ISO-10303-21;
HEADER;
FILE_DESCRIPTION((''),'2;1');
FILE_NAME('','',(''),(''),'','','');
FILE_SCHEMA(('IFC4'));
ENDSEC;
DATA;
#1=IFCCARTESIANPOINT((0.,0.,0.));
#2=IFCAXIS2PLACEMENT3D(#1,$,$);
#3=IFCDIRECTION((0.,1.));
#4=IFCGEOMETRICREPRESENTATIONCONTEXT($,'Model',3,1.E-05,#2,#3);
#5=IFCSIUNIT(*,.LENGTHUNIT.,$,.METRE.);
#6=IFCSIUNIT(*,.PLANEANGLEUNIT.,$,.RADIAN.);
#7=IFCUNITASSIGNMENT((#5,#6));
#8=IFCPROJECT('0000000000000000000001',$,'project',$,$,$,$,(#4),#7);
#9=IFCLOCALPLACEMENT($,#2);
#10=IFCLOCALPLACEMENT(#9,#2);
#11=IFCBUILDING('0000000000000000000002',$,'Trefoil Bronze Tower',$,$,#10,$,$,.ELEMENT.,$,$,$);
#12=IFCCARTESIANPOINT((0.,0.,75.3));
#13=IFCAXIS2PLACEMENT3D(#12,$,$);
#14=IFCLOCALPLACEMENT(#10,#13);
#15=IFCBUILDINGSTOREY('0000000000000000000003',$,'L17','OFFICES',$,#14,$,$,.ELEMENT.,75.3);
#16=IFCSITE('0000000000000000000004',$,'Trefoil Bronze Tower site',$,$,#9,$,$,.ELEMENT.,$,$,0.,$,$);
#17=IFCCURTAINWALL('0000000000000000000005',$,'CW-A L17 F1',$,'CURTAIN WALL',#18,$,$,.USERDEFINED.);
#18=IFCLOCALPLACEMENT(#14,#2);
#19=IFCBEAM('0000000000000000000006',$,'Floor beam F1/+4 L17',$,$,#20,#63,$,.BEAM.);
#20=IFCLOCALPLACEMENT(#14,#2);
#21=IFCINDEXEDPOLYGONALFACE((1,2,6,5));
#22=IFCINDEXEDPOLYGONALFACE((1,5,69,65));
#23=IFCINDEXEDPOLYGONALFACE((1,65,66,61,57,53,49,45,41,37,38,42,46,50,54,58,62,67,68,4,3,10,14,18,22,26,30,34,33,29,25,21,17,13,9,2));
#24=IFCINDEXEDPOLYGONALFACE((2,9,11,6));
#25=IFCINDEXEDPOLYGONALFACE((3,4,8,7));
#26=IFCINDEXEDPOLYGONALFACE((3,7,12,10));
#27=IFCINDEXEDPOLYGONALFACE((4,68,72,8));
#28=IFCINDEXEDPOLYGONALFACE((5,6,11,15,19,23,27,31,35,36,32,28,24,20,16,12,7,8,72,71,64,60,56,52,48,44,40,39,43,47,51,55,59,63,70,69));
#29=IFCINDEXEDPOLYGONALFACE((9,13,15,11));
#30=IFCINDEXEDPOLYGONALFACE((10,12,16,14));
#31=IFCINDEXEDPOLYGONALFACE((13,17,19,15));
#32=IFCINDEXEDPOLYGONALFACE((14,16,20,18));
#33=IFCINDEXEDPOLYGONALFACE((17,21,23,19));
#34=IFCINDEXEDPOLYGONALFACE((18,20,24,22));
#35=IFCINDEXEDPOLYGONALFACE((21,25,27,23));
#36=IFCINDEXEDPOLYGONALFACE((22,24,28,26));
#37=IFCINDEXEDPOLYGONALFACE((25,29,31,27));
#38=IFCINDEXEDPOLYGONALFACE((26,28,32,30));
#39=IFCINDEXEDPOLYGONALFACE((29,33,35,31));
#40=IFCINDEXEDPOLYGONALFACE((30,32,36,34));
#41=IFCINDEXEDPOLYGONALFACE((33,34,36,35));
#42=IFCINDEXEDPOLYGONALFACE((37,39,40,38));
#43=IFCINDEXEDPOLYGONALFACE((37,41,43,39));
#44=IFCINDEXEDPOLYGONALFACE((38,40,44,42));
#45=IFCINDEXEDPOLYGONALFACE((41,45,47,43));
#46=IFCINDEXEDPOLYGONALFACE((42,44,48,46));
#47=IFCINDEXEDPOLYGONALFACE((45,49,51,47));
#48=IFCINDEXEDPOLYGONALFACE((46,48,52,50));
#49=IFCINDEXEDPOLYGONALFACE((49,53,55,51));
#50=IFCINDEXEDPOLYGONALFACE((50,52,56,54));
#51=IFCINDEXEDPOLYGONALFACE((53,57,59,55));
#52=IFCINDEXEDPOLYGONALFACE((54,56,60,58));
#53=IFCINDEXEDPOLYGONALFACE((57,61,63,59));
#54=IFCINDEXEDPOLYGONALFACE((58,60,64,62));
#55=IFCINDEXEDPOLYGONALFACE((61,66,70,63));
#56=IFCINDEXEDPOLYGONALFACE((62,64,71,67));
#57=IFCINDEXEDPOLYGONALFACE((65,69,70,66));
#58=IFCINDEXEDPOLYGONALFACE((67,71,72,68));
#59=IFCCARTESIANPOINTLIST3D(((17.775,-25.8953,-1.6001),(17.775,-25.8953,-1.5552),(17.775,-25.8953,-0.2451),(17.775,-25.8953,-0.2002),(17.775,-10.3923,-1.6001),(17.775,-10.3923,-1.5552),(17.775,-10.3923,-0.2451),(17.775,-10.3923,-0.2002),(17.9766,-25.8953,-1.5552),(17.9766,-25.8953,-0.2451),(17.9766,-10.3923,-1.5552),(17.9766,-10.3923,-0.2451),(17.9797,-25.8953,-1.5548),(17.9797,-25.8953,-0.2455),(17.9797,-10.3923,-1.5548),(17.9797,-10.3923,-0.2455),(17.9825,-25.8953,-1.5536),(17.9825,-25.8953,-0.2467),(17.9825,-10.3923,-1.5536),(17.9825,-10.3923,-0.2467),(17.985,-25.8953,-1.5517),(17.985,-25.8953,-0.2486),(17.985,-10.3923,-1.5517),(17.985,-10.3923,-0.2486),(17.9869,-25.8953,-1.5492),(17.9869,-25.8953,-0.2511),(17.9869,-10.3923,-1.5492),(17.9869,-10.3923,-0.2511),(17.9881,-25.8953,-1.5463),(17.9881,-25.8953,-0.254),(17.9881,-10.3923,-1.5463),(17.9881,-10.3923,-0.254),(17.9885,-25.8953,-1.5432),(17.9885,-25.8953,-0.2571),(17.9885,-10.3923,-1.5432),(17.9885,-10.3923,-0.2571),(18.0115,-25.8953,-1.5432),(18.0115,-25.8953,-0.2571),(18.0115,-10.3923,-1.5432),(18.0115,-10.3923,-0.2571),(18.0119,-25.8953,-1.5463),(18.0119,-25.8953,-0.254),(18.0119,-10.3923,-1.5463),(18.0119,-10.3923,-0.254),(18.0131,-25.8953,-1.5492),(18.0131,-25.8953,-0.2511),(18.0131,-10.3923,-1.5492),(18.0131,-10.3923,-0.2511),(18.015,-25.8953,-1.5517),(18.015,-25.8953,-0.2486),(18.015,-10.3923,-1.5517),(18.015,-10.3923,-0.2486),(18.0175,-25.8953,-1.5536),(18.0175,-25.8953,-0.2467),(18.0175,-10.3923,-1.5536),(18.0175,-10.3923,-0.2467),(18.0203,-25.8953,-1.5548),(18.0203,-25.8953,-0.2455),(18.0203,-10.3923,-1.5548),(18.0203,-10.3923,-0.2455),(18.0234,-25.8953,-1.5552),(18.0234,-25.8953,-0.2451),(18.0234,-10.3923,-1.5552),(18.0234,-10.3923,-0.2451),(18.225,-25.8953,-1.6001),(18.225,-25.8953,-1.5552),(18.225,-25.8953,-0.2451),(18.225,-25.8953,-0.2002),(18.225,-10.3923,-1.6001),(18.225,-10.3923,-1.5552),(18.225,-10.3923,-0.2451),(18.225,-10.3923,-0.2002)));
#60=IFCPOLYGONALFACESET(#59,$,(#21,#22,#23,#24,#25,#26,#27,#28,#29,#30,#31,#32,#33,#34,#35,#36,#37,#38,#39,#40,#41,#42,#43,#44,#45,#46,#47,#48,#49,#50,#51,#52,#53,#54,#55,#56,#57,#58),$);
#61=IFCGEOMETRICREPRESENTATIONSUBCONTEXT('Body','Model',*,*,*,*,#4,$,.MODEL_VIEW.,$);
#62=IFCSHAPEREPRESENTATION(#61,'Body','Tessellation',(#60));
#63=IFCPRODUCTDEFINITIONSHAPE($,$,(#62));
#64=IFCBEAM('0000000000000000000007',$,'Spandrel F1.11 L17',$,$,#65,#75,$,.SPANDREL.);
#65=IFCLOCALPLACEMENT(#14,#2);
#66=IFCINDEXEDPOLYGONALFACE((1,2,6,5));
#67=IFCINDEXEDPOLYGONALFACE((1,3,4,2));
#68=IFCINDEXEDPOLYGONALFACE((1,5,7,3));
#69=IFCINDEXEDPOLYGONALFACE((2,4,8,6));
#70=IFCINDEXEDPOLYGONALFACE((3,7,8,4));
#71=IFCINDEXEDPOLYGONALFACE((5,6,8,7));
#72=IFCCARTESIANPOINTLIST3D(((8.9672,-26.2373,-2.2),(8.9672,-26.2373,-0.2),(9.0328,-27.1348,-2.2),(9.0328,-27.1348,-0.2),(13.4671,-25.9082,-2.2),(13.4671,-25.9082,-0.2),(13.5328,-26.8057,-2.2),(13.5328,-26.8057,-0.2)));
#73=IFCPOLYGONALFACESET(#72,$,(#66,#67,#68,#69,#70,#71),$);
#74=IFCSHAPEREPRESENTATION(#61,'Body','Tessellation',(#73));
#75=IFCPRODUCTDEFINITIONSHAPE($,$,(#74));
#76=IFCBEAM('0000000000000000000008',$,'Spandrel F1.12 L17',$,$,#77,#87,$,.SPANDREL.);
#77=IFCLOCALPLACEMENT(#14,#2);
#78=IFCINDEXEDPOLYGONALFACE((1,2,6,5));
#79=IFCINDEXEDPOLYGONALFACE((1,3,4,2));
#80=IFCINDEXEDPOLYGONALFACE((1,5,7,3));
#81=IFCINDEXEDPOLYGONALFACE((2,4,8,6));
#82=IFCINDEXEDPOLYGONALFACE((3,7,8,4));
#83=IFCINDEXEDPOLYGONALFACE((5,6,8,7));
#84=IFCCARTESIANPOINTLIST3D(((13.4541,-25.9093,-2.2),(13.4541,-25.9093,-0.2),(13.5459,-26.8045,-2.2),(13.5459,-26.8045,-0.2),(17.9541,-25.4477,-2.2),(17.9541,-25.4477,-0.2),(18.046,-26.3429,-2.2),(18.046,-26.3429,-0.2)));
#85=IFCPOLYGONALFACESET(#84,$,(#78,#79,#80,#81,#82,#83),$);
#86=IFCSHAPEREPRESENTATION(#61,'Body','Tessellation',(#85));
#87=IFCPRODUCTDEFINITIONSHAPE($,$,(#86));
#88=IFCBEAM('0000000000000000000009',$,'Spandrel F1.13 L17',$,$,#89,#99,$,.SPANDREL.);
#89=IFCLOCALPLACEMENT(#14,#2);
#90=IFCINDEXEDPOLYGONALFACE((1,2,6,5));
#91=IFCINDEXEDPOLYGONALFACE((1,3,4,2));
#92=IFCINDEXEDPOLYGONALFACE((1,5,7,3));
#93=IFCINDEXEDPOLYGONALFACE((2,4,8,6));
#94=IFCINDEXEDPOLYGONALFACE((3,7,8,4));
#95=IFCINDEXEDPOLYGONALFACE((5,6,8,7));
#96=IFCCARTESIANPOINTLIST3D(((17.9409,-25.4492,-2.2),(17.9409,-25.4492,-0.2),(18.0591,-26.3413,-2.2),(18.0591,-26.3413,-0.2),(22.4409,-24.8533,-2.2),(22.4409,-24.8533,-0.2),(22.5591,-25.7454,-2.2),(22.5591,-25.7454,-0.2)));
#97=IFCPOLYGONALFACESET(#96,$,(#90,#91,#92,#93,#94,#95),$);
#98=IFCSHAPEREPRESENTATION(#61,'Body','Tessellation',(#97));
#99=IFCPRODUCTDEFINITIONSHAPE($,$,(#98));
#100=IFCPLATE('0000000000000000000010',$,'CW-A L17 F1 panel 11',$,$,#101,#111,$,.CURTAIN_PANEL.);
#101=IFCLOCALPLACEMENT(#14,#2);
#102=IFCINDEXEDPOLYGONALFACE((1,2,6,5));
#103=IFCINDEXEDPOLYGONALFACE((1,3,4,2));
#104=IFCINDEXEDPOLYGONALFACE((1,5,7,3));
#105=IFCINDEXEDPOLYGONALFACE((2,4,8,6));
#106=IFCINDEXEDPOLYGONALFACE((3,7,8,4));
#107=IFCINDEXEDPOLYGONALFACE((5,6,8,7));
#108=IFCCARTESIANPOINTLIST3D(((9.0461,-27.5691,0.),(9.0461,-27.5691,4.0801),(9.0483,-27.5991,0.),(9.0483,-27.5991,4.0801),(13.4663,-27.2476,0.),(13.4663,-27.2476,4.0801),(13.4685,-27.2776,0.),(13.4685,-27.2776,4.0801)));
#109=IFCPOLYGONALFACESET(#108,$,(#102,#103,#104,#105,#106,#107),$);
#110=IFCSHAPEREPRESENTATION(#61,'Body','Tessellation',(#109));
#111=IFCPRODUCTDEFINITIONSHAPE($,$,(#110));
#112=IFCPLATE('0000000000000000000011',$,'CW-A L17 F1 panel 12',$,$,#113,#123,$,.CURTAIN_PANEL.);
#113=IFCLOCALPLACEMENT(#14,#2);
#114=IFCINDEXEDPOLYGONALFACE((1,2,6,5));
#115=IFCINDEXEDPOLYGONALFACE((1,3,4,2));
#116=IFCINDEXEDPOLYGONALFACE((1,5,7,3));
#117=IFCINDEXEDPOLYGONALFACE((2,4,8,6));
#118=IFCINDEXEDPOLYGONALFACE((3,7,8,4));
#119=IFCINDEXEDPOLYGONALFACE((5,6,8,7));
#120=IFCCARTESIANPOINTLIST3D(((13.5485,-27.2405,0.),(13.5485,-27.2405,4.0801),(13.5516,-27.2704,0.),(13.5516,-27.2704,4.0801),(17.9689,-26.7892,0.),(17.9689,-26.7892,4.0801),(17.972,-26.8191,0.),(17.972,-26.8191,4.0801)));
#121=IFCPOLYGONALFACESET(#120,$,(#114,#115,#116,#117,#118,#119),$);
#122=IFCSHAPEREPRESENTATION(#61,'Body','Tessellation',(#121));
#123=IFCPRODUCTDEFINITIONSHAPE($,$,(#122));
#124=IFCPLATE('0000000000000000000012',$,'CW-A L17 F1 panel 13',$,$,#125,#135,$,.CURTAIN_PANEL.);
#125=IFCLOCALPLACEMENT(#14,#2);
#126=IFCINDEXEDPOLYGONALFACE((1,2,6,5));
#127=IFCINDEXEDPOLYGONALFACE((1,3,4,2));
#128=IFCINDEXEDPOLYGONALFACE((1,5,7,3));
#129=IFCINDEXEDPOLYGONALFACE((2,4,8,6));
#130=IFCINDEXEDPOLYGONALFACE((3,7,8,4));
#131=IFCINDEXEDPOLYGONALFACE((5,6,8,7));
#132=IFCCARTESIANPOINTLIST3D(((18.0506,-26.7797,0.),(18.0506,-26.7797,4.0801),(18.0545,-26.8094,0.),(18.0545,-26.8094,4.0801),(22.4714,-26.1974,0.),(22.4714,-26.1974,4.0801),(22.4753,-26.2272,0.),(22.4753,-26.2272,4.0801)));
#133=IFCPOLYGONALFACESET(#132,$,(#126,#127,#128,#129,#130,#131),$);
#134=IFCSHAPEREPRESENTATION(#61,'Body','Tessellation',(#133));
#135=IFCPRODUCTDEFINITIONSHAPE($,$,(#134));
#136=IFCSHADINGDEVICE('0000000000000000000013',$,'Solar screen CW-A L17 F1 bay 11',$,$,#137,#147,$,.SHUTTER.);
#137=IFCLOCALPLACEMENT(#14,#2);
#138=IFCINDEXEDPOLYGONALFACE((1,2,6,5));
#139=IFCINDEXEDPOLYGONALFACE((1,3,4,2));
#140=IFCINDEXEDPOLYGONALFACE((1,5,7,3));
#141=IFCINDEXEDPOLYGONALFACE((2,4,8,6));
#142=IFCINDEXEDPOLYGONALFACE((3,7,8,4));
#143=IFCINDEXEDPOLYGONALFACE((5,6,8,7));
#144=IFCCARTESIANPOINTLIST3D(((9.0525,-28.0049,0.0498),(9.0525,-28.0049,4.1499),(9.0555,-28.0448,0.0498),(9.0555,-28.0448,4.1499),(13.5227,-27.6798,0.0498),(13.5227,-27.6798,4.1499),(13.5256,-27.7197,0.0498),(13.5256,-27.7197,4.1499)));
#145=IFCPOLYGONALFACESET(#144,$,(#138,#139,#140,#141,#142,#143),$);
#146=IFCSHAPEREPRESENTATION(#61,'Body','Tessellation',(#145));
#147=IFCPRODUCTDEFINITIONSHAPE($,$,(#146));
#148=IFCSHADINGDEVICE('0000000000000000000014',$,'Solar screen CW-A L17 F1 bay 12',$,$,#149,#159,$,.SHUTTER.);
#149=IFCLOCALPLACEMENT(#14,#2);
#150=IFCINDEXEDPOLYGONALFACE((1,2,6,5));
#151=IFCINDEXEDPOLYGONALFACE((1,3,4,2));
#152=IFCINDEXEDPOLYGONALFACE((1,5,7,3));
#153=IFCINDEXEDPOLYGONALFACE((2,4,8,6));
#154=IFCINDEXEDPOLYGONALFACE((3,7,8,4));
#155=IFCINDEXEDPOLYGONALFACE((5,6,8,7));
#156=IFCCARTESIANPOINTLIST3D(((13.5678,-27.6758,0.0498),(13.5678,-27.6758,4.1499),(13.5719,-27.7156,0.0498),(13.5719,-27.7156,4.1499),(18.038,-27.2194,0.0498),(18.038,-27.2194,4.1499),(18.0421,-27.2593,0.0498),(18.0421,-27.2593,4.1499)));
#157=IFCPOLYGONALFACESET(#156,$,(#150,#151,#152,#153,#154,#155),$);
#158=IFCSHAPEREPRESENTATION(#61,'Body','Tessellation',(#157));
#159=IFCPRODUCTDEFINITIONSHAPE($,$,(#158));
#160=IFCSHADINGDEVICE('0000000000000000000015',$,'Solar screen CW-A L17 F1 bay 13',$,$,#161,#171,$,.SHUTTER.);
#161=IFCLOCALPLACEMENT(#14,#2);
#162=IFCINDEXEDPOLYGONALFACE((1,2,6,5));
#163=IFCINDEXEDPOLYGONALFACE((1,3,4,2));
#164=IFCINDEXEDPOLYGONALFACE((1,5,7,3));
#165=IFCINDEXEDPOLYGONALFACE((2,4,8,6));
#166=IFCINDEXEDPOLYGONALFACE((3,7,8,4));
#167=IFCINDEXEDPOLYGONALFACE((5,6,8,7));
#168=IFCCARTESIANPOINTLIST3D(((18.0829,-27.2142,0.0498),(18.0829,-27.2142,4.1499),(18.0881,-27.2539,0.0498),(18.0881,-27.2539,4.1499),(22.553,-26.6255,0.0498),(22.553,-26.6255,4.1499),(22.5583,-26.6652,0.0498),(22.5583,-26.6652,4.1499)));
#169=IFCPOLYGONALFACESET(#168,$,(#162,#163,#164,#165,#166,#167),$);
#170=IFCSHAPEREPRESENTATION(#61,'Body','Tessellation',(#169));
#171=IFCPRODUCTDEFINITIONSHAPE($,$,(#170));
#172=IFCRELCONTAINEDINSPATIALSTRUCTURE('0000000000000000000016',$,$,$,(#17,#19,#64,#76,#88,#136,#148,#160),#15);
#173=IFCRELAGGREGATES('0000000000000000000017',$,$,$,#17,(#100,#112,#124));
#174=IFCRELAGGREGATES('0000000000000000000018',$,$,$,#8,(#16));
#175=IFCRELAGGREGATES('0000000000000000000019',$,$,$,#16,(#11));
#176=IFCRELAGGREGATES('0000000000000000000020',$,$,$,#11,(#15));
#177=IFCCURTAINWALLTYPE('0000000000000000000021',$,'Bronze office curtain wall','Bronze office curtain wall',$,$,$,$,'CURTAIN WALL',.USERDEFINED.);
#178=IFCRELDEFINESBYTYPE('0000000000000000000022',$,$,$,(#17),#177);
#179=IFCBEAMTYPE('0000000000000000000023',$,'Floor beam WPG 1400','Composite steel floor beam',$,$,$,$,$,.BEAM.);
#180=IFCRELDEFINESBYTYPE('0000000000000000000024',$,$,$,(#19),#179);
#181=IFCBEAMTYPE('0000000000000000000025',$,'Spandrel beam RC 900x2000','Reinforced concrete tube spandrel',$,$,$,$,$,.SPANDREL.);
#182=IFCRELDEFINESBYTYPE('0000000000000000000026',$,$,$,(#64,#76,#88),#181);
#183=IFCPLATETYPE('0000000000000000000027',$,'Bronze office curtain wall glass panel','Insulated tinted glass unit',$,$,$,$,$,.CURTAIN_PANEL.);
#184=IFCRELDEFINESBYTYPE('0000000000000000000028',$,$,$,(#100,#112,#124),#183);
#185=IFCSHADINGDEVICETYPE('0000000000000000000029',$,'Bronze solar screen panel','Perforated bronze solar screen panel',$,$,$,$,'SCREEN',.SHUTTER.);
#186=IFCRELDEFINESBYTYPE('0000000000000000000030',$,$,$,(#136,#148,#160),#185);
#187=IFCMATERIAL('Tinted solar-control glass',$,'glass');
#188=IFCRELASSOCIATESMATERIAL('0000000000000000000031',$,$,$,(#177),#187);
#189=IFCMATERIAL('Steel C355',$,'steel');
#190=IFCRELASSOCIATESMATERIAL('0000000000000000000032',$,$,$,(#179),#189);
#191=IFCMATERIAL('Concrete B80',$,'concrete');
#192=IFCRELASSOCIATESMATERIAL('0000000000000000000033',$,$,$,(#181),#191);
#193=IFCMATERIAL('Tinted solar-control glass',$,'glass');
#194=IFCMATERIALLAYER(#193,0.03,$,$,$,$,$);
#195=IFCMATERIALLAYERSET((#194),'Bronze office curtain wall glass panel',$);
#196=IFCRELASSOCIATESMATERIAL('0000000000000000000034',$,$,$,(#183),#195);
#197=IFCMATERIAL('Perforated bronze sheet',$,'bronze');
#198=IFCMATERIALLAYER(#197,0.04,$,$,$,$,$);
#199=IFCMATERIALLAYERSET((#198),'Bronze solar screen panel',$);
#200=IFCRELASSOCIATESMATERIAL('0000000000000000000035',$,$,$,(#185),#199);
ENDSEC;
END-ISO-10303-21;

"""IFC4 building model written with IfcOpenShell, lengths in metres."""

from ifc_helpers import new_model, si_unit, direction, frame, origin, origin_2d, place, context, subcontext, project, spatial, rectangle, i_section, extrude, material, layer, layer_set, material_profile, profile_set, type_object, element, aggregate, save


model = new_model("IFC4")

# Units and contexts
model_context = context("Model", 3, precision=1e-05, world=origin(), true_north=direction((0.0, 1.0)))
body_context = subcontext(model_context, "Body", "Model", "MODEL_VIEW")
ifc_project = project(units=[si_unit("LENGTHUNIT", "METRE"), si_unit("PLANEANGLEUNIT", "RADIAN")], contexts=[model_context])

# Site, building, storey
site_placement = place(None, origin())
site = spatial("IfcSite", under=ifc_project, at=site_placement, Name="Trefoil Bronze Tower site", CompositionType="ELEMENT", RefElevation=0.0)
building_placement = place(site_placement, origin())
building = spatial("IfcBuilding", under=site, at=building_placement, Name="Trefoil Bronze Tower", CompositionType="ELEMENT")
storey_placement = place(building_placement, frame((0.0, 0.0, 75.3)))
storey = spatial("IfcBuildingStorey", under=building, at=storey_placement, Name="L17", Description="OFFICES", CompositionType="ELEMENT", Elevation=75.3)

# Curtain wall
ifc_material_1 = material(Name="Tinted solar-control glass", Category="glass")
curtain_wall_type = type_object("IfcCurtainWallType", Name="Bronze office curtain wall", Description="Bronze office curtain wall", ElementType="CURTAIN WALL", PredefinedType="USERDEFINED", material=ifc_material_1)
curtain_wall_placement = place(storey_placement, origin())
curtain_wall = element("IfcCurtainWall", 1, at=curtain_wall_placement, inside=storey, type_object=curtain_wall_type, Name="CW-A L17 F1", ObjectType="CURTAIN WALL", PredefinedType="USERDEFINED")

# Beams
ifc_material_2 = material(Name="Steel C355", Category="steel")
ifc_material_profile_1 = material_profile(ifc_material_2, i_section(OverallWidth=0.45, OverallDepth=1.3999, WebThickness=0.0229, FlangeThickness=0.0449, FilletRadius=0.012, at=origin_2d()), Name="WPG 1400")
ifc_profile_set_1 = profile_set([ifc_material_profile_1], Name="Steel C355")
beam_type_1 = type_object("IfcBeamType", Name="Floor beam WPG 1400", Description="Composite steel floor beam", PredefinedType="BEAM", material=ifc_profile_set_1)
beam_1_placement = place(storey_placement, frame((18.0, -25.8953, -0.9001), z_axis=(0.0, 1.0, 0.0), x_axis=(-1.0, 0.0, 0.0)))
element("IfcBeam", 2, at=beam_1_placement, inside=storey, type_object=beam_type_1, Name="Floor beam F1/+4 L17", PredefinedType="BEAM", context=body_context, shape_type="SweptSolid", body=[
    extrude(i_section(OverallWidth=0.45, OverallDepth=1.3999, WebThickness=0.0229, FlangeThickness=0.0449, FilletRadius=0.012, at=origin_2d()), origin(), (0.0, 0.0, 1.0), 15.5029),
])
ifc_material_3 = material(Name="Concrete B80", Category="concrete")
ifc_material_profile_2 = material_profile(ifc_material_3, rectangle(XDim=0.8999, YDim=2.0, at=origin_2d()), Name="RC 900x2000")
ifc_profile_set_2 = profile_set([ifc_material_profile_2], Name="Concrete B80")
beam_type_2 = type_object("IfcBeamType", Name="Spandrel beam RC 900x2000", Description="Reinforced concrete tube spandrel", PredefinedType="SPANDREL", material=ifc_profile_set_2)
beam_2_placement = place(storey_placement, frame((9.0, -26.686, -1.2), z_axis=(0.997336, 0.072939, 0.0), x_axis=(-0.072939, 0.997336, 0.0)))
element("IfcBeam", 3, at=beam_2_placement, inside=storey, type_object=beam_type_2, Name="Spandrel F1.11 L17", PredefinedType="SPANDREL", context=body_context, shape_type="SweptSolid", body=[
    extrude(rectangle(XDim=0.8999, YDim=2.0, at=origin_2d()), origin(), (0.0, 0.0, 1.0), 4.512),
])
beam_3_placement = place(storey_placement, frame((13.5, -26.3569, -1.2), z_axis=(0.994778, 0.102058, 0.0), x_axis=(-0.102058, 0.994778, 0.0)))
element("IfcBeam", 4, at=beam_3_placement, inside=storey, type_object=beam_type_2, Name="Spandrel F1.12 L17", PredefinedType="SPANDREL", context=body_context, shape_type="SweptSolid", body=[
    extrude(rectangle(XDim=0.8999, YDim=2.0, at=origin_2d()), origin(), (0.0, 0.0, 1.0), 4.5237),
])
beam_4_placement = place(storey_placement, frame((18.0, -25.8953, -1.2), z_axis=(0.991344, 0.131286, 0.0), x_axis=(-0.131286, 0.991344, 0.0)))
element("IfcBeam", 5, at=beam_4_placement, inside=storey, type_object=beam_type_2, Name="Spandrel F1.13 L17", PredefinedType="SPANDREL", context=body_context, shape_type="SweptSolid", body=[
    extrude(rectangle(XDim=0.8999, YDim=2.0, at=origin_2d()), origin(), (0.0, 0.0, 1.0), 4.5393),
])

# Plates
ifc_material_4 = material(Name="Tinted solar-control glass", Category="glass")
ifc_layer_1 = layer(ifc_material_4, 0.03)
ifc_layer_set_1 = layer_set([ifc_layer_1], Name="Bronze office curtain wall glass panel")
plate_type = type_object("IfcPlateType", Name="Bronze office curtain wall glass panel", Description="Insulated tinted glass unit", PredefinedType="CURTAIN_PANEL", material=ifc_layer_set_1)
plate_1_placement = place(storey_placement, frame((11.2573, -27.4233, 0.0), z_axis=(0.0, 0.0, 1.0), x_axis=(0.997365, 0.072547, 0.0)))
plate_1 = element("IfcPlate", 6, at=plate_1_placement, type_object=plate_type, Name="CW-A L17 F1 panel 11", PredefinedType="CURTAIN_PANEL", context=body_context, shape_type="SweptSolid", body=[
    extrude(rectangle(XDim=4.4319, YDim=0.03, at=origin_2d()), origin(), (0.0, 0.0, 1.0), 4.0801),
])
plate_2_placement = place(storey_placement, frame((15.7603, -27.0298, 0.0), z_axis=(0.0, 0.0, 1.0), x_axis=(0.994829, 0.101565, 0.0)))
plate_2 = element("IfcPlate", 7, at=plate_2_placement, type_object=plate_type, Name="CW-A L17 F1 panel 12", PredefinedType="CURTAIN_PANEL", context=body_context, shape_type="SweptSolid", body=[
    extrude(rectangle(XDim=4.4434, YDim=0.03, at=origin_2d()), origin(), (0.0, 0.0, 1.0), 4.0801),
])
plate_3_placement = place(storey_placement, frame((20.2629, -26.5034, 0.0), z_axis=(0.0, 0.0, 1.0), x_axis=(0.991437, 0.130584, 0.0)))
plate_3 = element("IfcPlate", 8, at=plate_3_placement, type_object=plate_type, Name="CW-A L17 F1 panel 13", PredefinedType="CURTAIN_PANEL", context=body_context, shape_type="SweptSolid", body=[
    extrude(rectangle(XDim=4.459, YDim=0.03, at=origin_2d()), origin(), (0.0, 0.0, 1.0), 4.0801),
])
aggregate(curtain_wall, [plate_1, plate_2, plate_3])

# Shading devices
ifc_material_5 = material(Name="Perforated bronze sheet", Category="bronze")
ifc_layer_2 = layer(ifc_material_5, 0.04)
ifc_layer_set_2 = layer_set([ifc_layer_2], Name="Bronze solar screen panel")
shading_device_type = type_object("IfcShadingDeviceType", Name="Bronze solar screen panel", Description="Perforated bronze solar screen panel", ElementType="SCREEN", PredefinedType="SHUTTER", material=ifc_layer_set_2)
shading_device_1_placement = place(storey_placement, frame((11.2891, -27.8623, 0.0498), z_axis=(0.0, 0.0, 1.0), x_axis=(0.997365, 0.072547, 0.0)))
element("IfcShadingDevice", 9, at=shading_device_1_placement, inside=storey, type_object=shading_device_type, Name="Solar screen CW-A L17 F1 bay 11", PredefinedType="SHUTTER", context=body_context, shape_type="SweptSolid", body=[
    extrude(rectangle(XDim=4.4819, YDim=0.04, at=origin_2d()), origin(), (0.0, 0.0, 1.0), 4.1001),
])
shading_device_2_placement = place(storey_placement, frame((15.8049, -27.4675, 0.0498), z_axis=(0.0, 0.0, 1.0), x_axis=(0.994829, 0.101565, 0.0)))
element("IfcShadingDevice", 10, at=shading_device_2_placement, inside=storey, type_object=shading_device_type, Name="Solar screen CW-A L17 F1 bay 12", PredefinedType="SHUTTER", context=body_context, shape_type="SweptSolid", body=[
    extrude(rectangle(XDim=4.4934, YDim=0.04, at=origin_2d()), origin(), (0.0, 0.0, 1.0), 4.1001),
])
shading_device_3_placement = place(storey_placement, frame((20.3206, -26.9397, 0.0498), z_axis=(0.0, 0.0, 1.0), x_axis=(0.991437, 0.130584, 0.0)))
element("IfcShadingDevice", 11, at=shading_device_3_placement, inside=storey, type_object=shading_device_type, Name="Solar screen CW-A L17 F1 bay 13", PredefinedType="SHUTTER", context=body_context, shape_type="SweptSolid", body=[
    extrude(rectangle(XDim=4.5088, YDim=0.04, at=origin_2d()), origin(), (0.0, 0.0, 1.0), 4.1001),
])

save(model, "model.ifc")
